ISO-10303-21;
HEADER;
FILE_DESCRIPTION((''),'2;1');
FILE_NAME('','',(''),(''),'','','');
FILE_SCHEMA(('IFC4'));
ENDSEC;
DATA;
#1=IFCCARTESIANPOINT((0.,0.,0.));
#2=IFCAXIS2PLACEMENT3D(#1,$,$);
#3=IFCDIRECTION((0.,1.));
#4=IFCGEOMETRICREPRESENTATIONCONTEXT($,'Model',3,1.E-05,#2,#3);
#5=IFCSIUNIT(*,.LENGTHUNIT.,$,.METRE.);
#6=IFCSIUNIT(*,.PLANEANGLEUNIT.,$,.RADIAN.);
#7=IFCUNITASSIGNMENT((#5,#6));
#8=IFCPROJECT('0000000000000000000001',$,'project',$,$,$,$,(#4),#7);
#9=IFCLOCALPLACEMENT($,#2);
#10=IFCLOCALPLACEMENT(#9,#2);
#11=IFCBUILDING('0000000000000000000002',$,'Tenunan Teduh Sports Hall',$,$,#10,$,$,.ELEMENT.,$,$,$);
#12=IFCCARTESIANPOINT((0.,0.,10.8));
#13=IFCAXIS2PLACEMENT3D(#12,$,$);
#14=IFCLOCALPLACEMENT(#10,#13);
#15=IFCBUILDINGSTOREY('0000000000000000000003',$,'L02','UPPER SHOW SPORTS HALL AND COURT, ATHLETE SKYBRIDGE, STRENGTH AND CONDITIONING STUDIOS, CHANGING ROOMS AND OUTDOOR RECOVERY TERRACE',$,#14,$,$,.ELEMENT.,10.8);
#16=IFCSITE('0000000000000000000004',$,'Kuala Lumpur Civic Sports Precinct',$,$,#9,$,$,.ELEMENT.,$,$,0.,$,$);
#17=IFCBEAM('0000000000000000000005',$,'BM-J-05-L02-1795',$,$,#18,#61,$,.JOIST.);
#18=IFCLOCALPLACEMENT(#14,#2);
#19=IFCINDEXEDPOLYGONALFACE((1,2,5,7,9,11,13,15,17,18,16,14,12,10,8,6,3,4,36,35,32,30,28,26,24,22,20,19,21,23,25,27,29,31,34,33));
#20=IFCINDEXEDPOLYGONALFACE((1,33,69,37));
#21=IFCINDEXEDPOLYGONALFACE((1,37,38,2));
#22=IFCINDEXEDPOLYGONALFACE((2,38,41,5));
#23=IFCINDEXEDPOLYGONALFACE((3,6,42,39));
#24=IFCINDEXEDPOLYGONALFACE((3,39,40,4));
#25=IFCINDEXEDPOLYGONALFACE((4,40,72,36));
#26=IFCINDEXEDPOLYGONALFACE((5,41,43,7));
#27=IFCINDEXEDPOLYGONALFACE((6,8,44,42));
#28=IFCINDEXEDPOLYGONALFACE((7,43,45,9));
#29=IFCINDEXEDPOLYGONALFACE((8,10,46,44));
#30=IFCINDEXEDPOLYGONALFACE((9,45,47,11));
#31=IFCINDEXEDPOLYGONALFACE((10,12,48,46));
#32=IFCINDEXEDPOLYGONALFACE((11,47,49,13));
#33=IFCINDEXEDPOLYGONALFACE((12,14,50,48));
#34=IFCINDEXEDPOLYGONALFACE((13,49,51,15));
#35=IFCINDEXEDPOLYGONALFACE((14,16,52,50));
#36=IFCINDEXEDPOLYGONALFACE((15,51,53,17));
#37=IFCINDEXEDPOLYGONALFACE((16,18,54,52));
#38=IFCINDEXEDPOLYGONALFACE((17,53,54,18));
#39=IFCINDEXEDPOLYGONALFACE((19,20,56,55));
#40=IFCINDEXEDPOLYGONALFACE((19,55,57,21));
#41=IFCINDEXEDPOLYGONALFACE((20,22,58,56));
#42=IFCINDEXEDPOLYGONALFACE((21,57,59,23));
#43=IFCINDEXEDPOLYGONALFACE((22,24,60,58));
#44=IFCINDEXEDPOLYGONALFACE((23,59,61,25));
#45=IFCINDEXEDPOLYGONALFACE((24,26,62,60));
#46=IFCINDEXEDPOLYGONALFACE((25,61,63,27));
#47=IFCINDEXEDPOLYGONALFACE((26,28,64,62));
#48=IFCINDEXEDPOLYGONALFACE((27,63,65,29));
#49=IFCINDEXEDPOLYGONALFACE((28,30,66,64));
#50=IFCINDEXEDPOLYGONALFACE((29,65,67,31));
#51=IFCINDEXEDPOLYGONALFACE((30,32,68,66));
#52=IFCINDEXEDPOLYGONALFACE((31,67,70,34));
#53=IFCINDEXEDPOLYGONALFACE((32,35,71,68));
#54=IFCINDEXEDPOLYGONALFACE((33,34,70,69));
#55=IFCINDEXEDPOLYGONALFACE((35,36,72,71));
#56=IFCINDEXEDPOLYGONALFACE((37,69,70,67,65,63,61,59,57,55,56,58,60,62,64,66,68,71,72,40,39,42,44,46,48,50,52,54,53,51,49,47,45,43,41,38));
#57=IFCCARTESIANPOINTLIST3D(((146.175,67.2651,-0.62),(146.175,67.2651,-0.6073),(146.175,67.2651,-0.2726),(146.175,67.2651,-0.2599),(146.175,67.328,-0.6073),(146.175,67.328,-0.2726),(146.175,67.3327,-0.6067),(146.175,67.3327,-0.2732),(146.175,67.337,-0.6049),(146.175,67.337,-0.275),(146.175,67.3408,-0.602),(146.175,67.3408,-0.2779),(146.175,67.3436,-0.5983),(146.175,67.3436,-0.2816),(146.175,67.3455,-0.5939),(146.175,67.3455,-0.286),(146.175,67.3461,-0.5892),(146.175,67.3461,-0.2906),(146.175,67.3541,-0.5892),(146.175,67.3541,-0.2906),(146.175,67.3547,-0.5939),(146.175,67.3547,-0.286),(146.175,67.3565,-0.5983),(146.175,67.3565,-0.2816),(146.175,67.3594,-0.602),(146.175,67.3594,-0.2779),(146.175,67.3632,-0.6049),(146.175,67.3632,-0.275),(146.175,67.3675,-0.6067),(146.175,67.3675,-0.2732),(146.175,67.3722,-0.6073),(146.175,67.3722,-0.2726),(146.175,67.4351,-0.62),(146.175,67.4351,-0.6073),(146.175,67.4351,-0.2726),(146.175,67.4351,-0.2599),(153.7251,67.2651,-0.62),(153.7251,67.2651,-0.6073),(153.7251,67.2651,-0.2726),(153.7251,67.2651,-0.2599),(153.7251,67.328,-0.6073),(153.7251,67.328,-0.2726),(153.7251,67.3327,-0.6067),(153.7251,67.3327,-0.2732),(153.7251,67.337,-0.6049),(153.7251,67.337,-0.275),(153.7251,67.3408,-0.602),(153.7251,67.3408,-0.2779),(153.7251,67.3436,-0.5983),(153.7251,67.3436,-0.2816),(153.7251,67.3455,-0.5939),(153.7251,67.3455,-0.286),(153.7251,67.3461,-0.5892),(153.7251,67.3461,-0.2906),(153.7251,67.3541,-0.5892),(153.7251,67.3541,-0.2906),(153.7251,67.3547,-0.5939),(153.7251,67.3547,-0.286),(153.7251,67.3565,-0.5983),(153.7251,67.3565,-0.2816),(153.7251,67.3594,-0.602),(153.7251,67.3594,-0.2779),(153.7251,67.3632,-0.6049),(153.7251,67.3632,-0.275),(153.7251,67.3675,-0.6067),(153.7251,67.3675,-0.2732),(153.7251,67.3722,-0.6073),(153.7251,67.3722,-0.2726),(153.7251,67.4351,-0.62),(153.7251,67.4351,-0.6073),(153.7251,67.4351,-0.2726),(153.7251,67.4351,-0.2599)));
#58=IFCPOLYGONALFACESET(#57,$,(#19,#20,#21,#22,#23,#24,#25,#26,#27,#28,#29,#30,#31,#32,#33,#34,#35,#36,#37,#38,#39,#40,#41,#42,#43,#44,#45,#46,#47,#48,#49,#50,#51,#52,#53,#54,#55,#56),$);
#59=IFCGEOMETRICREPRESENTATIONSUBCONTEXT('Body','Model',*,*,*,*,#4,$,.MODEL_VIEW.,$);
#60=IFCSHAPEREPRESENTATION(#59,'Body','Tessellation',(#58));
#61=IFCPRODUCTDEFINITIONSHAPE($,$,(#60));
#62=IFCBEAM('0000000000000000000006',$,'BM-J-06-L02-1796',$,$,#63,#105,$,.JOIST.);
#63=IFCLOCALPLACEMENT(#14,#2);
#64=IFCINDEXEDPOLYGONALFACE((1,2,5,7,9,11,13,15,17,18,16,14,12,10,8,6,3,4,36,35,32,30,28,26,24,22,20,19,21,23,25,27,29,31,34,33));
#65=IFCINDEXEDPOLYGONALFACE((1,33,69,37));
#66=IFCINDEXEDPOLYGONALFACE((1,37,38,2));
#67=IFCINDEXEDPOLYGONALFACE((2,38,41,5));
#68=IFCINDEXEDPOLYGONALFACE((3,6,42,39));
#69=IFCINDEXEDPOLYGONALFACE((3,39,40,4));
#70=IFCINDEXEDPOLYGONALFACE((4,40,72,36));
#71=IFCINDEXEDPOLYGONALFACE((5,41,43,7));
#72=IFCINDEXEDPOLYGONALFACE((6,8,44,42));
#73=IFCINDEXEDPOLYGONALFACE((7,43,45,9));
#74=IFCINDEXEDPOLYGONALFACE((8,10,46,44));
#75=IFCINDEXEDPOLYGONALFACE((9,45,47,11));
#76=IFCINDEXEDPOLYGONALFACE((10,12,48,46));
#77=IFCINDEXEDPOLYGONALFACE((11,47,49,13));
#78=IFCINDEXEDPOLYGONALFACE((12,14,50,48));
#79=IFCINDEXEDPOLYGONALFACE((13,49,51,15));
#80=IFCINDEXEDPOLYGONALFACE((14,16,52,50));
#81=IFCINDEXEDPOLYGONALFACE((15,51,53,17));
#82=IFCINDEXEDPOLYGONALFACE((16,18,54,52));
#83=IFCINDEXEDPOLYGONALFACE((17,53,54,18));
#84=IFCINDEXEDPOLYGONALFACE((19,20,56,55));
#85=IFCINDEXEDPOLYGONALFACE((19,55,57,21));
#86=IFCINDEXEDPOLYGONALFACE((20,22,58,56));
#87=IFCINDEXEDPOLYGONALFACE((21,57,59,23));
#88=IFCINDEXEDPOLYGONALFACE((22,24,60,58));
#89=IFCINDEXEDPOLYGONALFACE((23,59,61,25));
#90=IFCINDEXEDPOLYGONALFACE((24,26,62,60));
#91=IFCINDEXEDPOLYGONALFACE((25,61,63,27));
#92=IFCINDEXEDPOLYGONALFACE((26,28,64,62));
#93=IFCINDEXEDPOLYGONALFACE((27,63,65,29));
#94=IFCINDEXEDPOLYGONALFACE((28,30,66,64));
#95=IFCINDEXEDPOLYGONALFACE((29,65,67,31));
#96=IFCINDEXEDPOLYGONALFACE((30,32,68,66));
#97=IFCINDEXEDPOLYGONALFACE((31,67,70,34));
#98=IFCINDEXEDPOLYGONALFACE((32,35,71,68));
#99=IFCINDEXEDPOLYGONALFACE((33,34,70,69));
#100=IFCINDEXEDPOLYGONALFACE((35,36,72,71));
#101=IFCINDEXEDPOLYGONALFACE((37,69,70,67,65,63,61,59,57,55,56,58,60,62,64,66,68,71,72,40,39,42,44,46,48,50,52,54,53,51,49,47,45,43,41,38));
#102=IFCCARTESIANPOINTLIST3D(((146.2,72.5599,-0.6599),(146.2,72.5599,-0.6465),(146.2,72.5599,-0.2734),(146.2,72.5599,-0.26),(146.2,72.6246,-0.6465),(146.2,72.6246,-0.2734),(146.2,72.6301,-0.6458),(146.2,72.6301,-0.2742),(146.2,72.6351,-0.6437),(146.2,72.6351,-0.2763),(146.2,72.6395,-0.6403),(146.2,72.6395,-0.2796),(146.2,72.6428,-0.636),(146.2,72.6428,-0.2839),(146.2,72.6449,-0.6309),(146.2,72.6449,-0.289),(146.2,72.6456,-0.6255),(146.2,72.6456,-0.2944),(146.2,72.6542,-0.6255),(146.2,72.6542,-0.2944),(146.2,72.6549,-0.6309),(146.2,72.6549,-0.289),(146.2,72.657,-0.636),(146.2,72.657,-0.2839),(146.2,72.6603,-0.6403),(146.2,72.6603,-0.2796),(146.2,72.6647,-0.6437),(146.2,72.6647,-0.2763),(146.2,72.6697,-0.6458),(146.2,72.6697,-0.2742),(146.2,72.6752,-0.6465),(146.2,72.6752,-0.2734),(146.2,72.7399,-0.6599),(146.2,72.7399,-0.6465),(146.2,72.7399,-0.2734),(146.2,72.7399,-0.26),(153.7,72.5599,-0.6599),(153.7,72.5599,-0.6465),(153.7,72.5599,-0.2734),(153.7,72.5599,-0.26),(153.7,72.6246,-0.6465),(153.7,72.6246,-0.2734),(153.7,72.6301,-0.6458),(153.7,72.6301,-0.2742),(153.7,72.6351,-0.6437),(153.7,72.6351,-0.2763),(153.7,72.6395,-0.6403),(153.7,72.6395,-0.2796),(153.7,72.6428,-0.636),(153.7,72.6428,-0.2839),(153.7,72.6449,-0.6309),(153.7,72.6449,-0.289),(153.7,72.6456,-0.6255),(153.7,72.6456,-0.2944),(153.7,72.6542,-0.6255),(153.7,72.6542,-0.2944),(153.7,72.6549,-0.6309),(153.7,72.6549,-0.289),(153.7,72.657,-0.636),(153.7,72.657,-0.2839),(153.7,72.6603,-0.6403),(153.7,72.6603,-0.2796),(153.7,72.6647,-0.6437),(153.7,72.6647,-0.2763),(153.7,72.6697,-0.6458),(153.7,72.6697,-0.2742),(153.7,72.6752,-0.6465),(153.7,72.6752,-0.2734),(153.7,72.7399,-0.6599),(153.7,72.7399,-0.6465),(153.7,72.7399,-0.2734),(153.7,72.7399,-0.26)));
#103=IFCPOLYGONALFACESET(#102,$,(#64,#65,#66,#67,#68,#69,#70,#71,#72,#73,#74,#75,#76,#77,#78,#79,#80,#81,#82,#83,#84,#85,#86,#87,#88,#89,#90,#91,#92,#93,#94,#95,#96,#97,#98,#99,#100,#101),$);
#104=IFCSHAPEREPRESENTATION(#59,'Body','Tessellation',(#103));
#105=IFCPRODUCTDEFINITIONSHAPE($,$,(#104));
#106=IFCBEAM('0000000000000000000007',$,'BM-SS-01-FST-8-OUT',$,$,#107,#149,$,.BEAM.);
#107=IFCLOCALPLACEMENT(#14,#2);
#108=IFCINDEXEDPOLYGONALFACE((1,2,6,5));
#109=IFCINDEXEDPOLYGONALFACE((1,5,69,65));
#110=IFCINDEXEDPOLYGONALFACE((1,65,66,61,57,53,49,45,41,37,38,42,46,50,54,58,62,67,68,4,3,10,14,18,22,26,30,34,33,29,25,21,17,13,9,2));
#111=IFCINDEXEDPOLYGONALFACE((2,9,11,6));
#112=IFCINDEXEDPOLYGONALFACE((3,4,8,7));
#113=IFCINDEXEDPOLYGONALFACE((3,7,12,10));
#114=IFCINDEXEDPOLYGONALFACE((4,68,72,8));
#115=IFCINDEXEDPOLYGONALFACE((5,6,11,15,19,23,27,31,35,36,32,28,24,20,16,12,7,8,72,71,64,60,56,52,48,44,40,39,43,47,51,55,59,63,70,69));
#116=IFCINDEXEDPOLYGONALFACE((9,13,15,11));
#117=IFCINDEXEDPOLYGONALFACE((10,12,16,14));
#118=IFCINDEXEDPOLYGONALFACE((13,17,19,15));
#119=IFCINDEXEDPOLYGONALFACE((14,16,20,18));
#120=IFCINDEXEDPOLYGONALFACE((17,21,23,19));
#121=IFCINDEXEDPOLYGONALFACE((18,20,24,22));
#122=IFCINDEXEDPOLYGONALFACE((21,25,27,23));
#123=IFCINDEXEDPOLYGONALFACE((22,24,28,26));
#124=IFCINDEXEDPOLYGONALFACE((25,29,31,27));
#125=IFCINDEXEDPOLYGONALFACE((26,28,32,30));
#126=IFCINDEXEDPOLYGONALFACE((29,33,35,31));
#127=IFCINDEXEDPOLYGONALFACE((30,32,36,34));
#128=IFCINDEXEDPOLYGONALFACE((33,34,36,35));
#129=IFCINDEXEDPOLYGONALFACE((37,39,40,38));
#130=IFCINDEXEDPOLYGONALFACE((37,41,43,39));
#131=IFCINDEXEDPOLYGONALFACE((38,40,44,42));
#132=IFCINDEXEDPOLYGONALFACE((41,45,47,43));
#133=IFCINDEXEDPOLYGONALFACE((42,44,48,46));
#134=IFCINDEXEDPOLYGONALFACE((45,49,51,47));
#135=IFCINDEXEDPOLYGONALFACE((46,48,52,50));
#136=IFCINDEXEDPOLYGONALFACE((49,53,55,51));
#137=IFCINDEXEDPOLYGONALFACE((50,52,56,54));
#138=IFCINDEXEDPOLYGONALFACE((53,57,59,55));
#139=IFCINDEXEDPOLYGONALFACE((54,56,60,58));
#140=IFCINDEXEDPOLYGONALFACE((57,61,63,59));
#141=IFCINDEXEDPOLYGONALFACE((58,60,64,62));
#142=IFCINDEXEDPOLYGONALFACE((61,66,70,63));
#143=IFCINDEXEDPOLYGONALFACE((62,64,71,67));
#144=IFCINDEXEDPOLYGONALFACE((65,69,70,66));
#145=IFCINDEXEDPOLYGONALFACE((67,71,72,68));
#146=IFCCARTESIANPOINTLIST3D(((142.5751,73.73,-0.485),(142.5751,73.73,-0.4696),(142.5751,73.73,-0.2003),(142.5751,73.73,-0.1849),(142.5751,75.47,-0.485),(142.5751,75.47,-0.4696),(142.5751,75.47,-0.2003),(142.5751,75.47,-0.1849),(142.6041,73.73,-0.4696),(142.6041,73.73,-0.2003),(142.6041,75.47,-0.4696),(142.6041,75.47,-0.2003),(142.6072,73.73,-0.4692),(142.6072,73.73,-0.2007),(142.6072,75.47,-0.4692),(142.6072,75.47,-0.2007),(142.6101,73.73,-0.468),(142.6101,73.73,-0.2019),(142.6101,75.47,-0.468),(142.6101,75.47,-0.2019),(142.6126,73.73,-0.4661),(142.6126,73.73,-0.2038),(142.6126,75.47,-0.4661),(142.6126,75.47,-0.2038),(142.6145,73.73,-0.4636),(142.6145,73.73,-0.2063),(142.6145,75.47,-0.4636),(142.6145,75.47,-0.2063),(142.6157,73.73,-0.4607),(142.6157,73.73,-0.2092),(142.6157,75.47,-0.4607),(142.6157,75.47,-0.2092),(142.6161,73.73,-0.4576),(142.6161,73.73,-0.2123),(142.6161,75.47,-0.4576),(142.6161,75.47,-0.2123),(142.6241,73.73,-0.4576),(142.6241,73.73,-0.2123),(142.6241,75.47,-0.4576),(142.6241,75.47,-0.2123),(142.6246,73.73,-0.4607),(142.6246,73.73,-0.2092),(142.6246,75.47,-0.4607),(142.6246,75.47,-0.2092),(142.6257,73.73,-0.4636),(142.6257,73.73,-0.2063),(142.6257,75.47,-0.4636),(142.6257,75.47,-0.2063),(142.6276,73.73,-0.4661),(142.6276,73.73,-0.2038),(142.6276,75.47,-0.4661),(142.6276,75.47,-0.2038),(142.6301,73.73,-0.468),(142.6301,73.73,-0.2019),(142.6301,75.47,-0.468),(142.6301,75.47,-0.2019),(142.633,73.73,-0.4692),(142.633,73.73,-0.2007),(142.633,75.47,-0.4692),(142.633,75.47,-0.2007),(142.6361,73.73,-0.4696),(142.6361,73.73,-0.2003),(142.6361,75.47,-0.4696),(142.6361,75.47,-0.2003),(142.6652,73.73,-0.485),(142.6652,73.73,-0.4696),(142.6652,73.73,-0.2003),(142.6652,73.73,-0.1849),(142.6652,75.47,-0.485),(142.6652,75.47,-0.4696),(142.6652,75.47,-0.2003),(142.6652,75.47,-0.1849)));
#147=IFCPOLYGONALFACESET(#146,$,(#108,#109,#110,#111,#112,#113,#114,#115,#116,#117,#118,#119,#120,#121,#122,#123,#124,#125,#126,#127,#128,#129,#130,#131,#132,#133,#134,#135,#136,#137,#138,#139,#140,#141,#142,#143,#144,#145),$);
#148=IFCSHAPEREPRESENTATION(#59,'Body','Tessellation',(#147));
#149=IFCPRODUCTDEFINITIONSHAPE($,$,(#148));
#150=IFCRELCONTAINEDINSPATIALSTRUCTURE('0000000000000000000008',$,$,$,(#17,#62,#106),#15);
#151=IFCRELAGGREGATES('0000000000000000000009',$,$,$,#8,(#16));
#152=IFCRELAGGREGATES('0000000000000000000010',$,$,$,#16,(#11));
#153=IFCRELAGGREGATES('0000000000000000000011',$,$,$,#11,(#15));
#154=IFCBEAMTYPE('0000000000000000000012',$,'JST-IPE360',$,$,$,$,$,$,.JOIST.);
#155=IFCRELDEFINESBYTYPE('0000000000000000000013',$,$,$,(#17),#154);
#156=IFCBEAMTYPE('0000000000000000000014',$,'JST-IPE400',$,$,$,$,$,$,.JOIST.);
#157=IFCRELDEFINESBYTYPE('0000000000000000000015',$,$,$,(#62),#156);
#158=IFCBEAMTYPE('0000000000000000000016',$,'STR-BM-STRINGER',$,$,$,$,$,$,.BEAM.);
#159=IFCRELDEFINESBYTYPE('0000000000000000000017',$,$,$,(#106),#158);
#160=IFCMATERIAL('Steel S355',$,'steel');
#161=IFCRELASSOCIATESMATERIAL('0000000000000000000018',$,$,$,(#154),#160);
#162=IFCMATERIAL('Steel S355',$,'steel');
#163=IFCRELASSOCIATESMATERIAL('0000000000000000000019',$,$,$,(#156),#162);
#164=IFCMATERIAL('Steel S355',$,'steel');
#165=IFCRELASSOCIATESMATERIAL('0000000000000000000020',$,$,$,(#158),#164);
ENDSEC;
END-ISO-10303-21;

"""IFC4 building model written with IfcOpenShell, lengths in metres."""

from ifc_helpers import new_model, si_unit, direction, frame, origin, origin_2d, place, context, subcontext, project, spatial, i_section, extrude, material, material_profile, profile_set, type_object, element, save


model = new_model("IFC4")

# Units and contexts
model_context = context("Model", 3, precision=1e-05, world=origin(), true_north=direction((0.0, 1.0)))
body_context = subcontext(model_context, "Body", "Model", "MODEL_VIEW")
ifc_project = project(units=[si_unit("LENGTHUNIT", "METRE"), si_unit("PLANEANGLEUNIT", "RADIAN")], contexts=[model_context])

# Site, building, storey
site_placement = place(None, origin())
site = spatial("IfcSite", under=ifc_project, at=site_placement, Name="Kuala Lumpur Civic Sports Precinct", CompositionType="ELEMENT", RefElevation=0.0)
building_placement = place(site_placement, origin())
building = spatial("IfcBuilding", under=site, at=building_placement, Name="Tenunan Teduh Sports Hall", CompositionType="ELEMENT")
storey_placement = place(building_placement, frame((0.0, 0.0, 10.8)))
storey = spatial("IfcBuildingStorey", under=building, at=storey_placement, Name="L02", Description="UPPER SHOW SPORTS HALL AND COURT, ATHLETE SKYBRIDGE, STRENGTH AND CONDITIONING STUDIOS, CHANGING ROOMS AND OUTDOOR RECOVERY TERRACE", CompositionType="ELEMENT", Elevation=10.8)

# Beams
ifc_material_1 = material(Name="Steel S355", Category="steel")
ifc_material_profile_1 = material_profile(ifc_material_1, i_section(OverallWidth=0.1699, OverallDepth=0.3601, WebThickness=0.0081, FlangeThickness=0.0127, FilletRadius=0.0181, at=origin_2d()), Name="IPE 360")
ifc_profile_set_1 = profile_set([ifc_material_profile_1], Name="Steel S355")
beam_type_1 = type_object("IfcBeamType", Name="JST-IPE360", PredefinedType="JOIST", material=ifc_profile_set_1)
beam_1_placement = place(storey_placement, frame((146.175, 67.3501, -0.4399), z_axis=(1.0, 0.0, 0.0), x_axis=(0.0, 1.0, 0.0)))
element("IfcBeam", 1, at=beam_1_placement, inside=storey, type_object=beam_type_1, Name="BM-J-05-L02-1795", PredefinedType="JOIST", context=body_context, shape_type="SweptSolid", body=[
    extrude(i_section(OverallWidth=0.1699, OverallDepth=0.3601, WebThickness=0.0081, FlangeThickness=0.0127, FilletRadius=0.0181, at=origin_2d()), origin(), (0.0, 0.0, 1.0), 7.55),
])
ifc_material_2 = material(Name="Steel S355", Category="steel")
ifc_material_profile_2 = material_profile(ifc_material_2, i_section(OverallWidth=0.1799, OverallDepth=0.3999, WebThickness=0.0085, FlangeThickness=0.0134, FilletRadius=0.021, at=origin_2d()), Name="IPE 400")
ifc_profile_set_2 = profile_set([ifc_material_profile_2], Name="Steel S355")
beam_type_2 = type_object("IfcBeamType", Name="JST-IPE400", PredefinedType="JOIST", material=ifc_profile_set_2)
beam_2_placement = place(storey_placement, frame((146.2, 72.6499, -0.46), z_axis=(1.0, 0.0, 0.0), x_axis=(0.0, 1.0, 0.0)))
element("IfcBeam", 2, at=beam_2_placement, inside=storey, type_object=beam_type_2, Name="BM-J-06-L02-1796", PredefinedType="JOIST", context=body_context, shape_type="SweptSolid", body=[
    extrude(i_section(OverallWidth=0.1799, OverallDepth=0.3999, WebThickness=0.0085, FlangeThickness=0.0134, FilletRadius=0.021, at=origin_2d()), origin(), (0.0, 0.0, 1.0), 7.5),
])
ifc_material_3 = material(Name="Steel S355", Category="steel")
ifc_material_profile_3 = material_profile(ifc_material_3, i_section(OverallWidth=0.0901, OverallDepth=0.3, WebThickness=0.0081, FlangeThickness=0.0154, FilletRadius=0.012, at=origin_2d()), Name="PFC 300x90")
ifc_profile_set_3 = profile_set([ifc_material_profile_3], Name="Steel S355")
beam_type_3 = type_object("IfcBeamType", Name="STR-BM-STRINGER", PredefinedType="BEAM", material=ifc_profile_set_3)
beam_3_placement = place(storey_placement, frame((142.6201, 73.73, -0.335), z_axis=(0.0, 1.0, 0.0), x_axis=(-1.0, 0.0, 0.0)))
element("IfcBeam", 3, at=beam_3_placement, inside=storey, type_object=beam_type_3, Name="BM-SS-01-FST-8-OUT", PredefinedType="BEAM", context=body_context, shape_type="SweptSolid", body=[
    extrude(i_section(OverallWidth=0.0901, OverallDepth=0.3, WebThickness=0.0081, FlangeThickness=0.0154, FilletRadius=0.012, at=origin_2d()), origin(), (0.0, 0.0, 1.0), 1.74),
])

save(model, "model.ifc")
